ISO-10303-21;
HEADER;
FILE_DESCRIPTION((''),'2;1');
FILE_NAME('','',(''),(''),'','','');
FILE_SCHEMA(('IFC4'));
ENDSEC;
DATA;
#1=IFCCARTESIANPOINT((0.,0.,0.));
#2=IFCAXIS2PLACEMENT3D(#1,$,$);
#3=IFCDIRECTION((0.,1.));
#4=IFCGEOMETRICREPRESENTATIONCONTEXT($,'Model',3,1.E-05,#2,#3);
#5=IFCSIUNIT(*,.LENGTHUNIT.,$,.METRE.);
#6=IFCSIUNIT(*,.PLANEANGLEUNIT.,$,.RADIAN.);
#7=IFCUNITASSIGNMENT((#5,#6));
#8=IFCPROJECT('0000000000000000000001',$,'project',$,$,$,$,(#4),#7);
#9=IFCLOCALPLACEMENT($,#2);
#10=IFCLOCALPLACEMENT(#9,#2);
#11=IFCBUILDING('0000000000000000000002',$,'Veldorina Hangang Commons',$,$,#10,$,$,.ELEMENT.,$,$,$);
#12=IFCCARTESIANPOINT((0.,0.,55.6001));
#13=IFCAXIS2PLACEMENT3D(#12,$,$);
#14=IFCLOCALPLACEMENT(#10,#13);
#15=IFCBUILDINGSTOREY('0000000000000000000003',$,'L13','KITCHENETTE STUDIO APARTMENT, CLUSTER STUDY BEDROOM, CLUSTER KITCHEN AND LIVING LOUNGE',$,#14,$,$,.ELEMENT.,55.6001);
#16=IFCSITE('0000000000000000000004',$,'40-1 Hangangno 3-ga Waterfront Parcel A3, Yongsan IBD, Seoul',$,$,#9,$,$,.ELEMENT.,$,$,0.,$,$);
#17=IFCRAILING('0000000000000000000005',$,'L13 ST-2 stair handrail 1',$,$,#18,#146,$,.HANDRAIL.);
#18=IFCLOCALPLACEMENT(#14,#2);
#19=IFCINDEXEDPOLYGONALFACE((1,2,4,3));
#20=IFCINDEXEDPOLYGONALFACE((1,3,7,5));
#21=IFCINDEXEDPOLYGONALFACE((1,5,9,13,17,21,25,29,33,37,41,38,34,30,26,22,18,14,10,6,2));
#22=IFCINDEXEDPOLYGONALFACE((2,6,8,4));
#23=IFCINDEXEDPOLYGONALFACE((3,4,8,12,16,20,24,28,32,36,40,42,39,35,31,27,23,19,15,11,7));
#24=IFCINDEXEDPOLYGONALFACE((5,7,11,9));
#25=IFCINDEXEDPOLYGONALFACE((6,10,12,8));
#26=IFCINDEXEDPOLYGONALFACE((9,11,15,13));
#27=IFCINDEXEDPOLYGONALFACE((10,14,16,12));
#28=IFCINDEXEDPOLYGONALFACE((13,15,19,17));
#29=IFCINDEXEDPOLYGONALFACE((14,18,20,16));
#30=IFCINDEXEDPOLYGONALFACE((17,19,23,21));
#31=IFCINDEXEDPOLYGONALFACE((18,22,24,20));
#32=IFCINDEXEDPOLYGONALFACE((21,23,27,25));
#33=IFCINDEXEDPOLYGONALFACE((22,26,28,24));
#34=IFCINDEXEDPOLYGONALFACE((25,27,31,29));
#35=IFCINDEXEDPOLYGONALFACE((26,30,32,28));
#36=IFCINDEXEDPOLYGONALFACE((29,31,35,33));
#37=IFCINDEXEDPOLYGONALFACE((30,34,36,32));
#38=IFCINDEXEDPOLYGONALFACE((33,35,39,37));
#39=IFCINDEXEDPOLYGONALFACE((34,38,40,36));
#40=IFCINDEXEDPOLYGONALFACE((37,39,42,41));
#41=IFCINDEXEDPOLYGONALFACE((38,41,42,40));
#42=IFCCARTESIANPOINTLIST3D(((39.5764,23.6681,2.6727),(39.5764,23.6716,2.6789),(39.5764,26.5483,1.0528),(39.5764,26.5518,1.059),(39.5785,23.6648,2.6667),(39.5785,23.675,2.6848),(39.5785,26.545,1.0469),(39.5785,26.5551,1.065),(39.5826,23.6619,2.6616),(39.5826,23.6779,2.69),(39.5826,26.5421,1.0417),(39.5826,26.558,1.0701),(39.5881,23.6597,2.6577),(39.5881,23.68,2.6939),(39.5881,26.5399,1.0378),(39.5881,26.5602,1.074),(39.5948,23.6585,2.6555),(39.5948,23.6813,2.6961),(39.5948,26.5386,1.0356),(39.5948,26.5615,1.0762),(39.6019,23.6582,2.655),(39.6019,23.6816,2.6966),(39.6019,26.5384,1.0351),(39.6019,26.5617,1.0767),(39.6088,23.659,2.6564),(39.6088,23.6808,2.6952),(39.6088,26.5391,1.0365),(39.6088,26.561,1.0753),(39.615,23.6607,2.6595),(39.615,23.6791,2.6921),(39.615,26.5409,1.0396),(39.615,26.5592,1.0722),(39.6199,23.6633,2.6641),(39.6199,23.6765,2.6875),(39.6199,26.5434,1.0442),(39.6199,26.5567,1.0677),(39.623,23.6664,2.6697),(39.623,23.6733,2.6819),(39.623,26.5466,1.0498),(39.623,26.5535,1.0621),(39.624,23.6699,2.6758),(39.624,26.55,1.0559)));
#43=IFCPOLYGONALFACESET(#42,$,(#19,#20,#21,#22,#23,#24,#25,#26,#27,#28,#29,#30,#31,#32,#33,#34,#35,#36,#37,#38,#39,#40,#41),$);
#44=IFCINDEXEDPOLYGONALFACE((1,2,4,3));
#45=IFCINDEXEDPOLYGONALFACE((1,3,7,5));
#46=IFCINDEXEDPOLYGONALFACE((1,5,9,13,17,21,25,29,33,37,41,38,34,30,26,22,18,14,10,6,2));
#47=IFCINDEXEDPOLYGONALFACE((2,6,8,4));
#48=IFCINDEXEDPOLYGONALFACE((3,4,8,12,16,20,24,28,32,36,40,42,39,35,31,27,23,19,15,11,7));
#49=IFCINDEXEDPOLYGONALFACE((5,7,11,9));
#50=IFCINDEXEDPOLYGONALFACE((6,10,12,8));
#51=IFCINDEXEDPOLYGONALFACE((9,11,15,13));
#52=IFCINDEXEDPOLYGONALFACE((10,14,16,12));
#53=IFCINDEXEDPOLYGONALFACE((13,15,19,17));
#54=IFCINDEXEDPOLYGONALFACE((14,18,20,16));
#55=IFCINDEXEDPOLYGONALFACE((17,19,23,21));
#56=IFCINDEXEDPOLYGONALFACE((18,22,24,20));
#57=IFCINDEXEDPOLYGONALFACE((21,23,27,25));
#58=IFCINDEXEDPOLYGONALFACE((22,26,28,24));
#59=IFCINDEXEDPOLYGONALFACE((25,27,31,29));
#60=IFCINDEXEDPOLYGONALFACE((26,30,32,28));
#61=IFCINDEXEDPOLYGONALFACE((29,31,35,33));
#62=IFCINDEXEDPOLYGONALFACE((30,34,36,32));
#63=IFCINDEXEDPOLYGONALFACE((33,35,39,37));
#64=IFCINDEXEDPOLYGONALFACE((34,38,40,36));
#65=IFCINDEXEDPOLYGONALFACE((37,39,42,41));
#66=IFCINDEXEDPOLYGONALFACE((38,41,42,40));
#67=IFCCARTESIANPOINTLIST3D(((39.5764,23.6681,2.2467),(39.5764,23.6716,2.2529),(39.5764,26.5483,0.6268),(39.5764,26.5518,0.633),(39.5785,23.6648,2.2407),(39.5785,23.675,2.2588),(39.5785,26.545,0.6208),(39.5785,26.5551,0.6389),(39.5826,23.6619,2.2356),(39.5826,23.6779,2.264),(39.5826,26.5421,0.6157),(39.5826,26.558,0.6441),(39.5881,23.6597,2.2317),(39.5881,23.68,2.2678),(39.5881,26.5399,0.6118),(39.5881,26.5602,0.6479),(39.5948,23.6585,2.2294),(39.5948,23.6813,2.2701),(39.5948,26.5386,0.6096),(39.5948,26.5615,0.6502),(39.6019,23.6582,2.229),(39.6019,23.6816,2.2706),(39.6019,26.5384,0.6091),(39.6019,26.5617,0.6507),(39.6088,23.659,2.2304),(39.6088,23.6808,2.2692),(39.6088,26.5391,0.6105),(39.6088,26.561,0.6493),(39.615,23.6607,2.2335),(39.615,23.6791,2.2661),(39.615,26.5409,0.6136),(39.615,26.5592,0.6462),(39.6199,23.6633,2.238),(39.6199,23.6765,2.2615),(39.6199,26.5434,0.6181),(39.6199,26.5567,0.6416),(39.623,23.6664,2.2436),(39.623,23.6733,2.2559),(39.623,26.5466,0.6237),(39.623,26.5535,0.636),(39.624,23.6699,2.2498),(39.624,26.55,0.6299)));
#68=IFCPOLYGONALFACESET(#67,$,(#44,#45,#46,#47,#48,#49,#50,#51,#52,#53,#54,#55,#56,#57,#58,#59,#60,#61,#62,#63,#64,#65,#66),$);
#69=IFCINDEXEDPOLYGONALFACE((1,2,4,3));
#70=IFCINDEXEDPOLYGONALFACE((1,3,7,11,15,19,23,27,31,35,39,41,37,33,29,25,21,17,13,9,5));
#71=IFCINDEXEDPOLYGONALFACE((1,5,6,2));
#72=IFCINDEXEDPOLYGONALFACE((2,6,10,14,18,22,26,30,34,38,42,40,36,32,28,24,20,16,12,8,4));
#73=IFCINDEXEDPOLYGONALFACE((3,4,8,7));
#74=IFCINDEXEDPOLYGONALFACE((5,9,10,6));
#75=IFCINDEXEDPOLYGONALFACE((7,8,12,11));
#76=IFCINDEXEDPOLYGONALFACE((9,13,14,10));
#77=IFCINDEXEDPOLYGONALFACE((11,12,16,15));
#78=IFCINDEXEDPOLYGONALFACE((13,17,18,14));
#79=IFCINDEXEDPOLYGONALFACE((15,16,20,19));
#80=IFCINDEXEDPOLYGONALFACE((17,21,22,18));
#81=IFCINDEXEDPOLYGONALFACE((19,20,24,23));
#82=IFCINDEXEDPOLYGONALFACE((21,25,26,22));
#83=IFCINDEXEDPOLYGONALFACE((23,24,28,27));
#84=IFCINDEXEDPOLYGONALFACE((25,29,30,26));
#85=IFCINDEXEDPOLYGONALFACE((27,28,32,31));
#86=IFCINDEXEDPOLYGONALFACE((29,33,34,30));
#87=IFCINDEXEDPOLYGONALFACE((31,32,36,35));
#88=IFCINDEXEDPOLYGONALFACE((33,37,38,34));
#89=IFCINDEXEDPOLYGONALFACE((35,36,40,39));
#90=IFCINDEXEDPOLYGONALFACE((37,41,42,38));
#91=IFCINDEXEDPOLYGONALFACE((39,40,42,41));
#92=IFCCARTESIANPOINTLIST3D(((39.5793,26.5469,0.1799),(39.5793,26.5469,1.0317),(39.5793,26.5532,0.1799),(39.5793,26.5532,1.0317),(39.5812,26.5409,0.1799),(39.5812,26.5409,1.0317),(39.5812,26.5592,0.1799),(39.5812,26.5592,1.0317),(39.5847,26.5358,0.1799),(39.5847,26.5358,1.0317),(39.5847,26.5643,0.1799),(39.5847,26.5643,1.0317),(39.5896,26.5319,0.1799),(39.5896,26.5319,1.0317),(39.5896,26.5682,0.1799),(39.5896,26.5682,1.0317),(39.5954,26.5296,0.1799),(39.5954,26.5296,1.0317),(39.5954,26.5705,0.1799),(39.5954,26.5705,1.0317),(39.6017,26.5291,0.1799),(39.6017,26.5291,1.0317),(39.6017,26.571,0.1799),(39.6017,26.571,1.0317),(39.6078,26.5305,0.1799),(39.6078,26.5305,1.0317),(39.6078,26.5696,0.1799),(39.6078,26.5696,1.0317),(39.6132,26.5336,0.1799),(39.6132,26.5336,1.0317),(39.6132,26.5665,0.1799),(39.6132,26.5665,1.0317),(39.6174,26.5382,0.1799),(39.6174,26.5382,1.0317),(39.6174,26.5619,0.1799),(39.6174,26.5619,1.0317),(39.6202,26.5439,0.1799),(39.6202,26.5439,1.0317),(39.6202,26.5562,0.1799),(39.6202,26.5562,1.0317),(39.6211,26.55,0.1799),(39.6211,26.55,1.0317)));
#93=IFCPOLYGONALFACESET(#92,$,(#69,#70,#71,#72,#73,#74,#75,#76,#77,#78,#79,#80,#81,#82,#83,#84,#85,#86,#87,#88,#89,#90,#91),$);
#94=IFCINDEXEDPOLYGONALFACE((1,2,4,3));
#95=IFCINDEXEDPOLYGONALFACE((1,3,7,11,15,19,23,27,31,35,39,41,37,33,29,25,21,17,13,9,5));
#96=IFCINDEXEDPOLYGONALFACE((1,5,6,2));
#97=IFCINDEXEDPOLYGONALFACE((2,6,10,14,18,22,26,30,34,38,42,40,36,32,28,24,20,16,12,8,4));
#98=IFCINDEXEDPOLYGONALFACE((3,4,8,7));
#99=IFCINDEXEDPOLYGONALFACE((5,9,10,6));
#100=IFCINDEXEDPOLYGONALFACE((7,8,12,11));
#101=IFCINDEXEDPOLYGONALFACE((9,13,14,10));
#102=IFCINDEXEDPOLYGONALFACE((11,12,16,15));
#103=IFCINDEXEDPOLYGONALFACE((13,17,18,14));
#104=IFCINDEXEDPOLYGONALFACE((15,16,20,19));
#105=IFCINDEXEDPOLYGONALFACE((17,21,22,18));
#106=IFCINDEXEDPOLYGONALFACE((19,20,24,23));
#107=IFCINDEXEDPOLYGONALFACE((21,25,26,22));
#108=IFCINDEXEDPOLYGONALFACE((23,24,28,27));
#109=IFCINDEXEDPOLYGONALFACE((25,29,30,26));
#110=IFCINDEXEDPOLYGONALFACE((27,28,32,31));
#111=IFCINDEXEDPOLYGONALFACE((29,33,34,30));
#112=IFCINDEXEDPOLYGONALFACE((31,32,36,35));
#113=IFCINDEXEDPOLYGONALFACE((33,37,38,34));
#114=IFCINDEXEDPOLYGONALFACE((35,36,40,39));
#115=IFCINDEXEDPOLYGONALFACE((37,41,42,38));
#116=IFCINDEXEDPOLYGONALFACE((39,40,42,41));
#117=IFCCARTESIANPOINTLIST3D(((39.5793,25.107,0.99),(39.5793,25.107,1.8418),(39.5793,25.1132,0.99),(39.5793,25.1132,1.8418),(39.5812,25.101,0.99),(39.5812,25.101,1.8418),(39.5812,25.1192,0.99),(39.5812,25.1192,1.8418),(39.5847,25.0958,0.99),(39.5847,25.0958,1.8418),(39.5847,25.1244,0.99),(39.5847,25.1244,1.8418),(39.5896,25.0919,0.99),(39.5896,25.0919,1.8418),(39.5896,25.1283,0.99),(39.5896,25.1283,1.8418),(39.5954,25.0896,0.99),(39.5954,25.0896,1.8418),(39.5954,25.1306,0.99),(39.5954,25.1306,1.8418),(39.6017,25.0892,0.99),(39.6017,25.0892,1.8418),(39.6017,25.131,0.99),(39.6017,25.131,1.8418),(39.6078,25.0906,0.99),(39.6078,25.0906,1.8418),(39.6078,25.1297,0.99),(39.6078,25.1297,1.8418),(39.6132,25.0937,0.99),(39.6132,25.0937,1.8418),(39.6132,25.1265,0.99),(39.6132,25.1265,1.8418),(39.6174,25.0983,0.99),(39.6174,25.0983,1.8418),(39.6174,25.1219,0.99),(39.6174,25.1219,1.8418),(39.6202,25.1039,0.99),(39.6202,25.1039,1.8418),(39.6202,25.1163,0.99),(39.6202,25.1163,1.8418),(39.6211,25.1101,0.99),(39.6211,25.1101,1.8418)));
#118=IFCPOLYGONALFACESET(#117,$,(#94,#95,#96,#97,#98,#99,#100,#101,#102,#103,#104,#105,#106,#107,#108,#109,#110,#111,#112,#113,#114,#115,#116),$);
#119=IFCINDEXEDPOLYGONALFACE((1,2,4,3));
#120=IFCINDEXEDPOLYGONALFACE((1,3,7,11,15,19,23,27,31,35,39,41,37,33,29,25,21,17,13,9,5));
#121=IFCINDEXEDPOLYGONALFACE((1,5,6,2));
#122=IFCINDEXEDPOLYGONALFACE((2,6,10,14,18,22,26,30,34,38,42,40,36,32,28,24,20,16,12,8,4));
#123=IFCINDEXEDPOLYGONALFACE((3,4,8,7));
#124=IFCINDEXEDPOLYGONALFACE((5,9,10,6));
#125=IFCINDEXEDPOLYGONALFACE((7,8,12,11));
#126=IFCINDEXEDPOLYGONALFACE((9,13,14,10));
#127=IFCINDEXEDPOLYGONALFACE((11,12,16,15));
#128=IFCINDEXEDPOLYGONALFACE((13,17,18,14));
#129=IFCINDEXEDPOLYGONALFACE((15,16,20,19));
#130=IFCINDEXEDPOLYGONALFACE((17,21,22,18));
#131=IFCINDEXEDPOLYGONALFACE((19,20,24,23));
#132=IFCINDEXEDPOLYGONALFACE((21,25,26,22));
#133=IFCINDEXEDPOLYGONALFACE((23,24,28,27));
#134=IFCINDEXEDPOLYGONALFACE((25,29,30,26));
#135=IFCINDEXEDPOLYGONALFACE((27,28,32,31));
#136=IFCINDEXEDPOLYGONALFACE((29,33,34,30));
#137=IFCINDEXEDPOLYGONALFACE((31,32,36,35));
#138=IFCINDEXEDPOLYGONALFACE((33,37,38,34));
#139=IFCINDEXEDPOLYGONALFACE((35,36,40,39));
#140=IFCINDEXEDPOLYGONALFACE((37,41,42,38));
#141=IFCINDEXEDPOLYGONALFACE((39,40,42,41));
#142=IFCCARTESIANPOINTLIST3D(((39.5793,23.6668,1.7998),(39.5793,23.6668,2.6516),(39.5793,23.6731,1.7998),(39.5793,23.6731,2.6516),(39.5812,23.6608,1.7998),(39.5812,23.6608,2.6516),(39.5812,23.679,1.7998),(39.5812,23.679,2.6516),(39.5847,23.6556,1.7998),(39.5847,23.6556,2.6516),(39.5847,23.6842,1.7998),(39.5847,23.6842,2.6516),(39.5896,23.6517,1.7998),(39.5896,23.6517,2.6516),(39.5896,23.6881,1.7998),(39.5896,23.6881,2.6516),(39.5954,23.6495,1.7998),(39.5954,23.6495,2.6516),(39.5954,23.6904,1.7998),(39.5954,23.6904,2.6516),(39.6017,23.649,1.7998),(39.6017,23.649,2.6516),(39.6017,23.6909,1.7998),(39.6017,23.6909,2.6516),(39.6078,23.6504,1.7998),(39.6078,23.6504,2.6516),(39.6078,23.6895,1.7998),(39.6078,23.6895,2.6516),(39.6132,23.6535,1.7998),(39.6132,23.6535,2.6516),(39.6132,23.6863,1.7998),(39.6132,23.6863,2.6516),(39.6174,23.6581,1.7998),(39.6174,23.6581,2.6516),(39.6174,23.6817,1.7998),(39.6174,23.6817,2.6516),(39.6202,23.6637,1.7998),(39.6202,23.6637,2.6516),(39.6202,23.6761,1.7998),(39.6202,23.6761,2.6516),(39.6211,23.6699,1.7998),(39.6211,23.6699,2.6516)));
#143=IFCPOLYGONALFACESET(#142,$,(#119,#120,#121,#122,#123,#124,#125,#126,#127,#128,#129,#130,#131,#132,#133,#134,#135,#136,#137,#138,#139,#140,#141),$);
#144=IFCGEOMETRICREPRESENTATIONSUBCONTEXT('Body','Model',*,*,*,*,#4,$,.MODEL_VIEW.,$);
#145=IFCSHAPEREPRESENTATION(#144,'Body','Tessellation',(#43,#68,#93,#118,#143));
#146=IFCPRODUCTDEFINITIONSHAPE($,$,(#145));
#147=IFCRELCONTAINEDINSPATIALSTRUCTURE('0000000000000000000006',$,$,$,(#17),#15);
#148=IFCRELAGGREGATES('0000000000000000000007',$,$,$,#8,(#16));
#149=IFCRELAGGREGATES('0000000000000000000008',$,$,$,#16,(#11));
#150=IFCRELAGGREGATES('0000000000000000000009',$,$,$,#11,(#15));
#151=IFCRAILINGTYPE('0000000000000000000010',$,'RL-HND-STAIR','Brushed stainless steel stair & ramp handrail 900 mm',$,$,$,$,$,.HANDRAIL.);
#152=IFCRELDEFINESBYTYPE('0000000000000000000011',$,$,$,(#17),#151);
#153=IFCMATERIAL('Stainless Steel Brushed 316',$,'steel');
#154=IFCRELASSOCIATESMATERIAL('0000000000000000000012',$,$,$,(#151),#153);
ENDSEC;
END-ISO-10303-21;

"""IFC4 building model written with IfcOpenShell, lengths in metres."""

from ifc_helpers import new_model, si_unit, direction, frame, origin, origin_2d, place, context, subcontext, project, spatial, circle, extrude, material, type_object, element, save


model = new_model("IFC4")

# Units and contexts
model_context = context("Model", 3, precision=1e-05, world=origin(), true_north=direction((0.0, 1.0)))
body_context = subcontext(model_context, "Body", "Model", "MODEL_VIEW")
ifc_project = project(units=[si_unit("LENGTHUNIT", "METRE"), si_unit("PLANEANGLEUNIT", "RADIAN")], contexts=[model_context])

# Site, building, storey
site_placement = place(None, origin())
site = spatial("IfcSite", under=ifc_project, at=site_placement, Name="40-1 Hangangno 3-ga Waterfront Parcel A3, Yongsan IBD, Seoul", CompositionType="ELEMENT", RefElevation=0.0)
building_placement = place(site_placement, origin())
building = spatial("IfcBuilding", under=site, at=building_placement, Name="Veldorina Hangang Commons", CompositionType="ELEMENT")
storey_placement = place(building_placement, frame((0.0, 0.0, 55.6001)))
storey = spatial("IfcBuildingStorey", under=building, at=storey_placement, Name="L13", Description="KITCHENETTE STUDIO APARTMENT, CLUSTER STUDY BEDROOM, CLUSTER KITCHEN AND LIVING LOUNGE", CompositionType="ELEMENT", Elevation=55.6001)

# Railing
ifc_material_1 = material(Name="Stainless Steel Brushed 316", Category="steel")
railing_type_1 = type_object("IfcRailingType", Name="RL-HND-STAIR", Description="Brushed stainless steel stair & ramp handrail 900 mm", PredefinedType="HANDRAIL", material=ifc_material_1)
railing_1_placement = place(storey_placement, frame((39.6001, 26.55, 0.1799)))
element("IfcRailing", 1, at=railing_1_placement, inside=storey, type_object=railing_type_1, Name="L13 ST-2 stair handrail 1", PredefinedType="HANDRAIL", context=body_context, shape_type="SweptSolid", body=[
    extrude(circle(Radius=0.0239, at=origin_2d()), frame((0.0, 0.0, 0.876), z_axis=(0.0, -0.871601, 0.490216), x_axis=(1.0, 0.0, 0.0)), (0.0, 0.0, 1.0), 3.3044),
    extrude(circle(Radius=0.0239, at=origin_2d()), frame((0.0, 0.0, 0.45), z_axis=(0.0, -0.871601, 0.490216), x_axis=(1.0, 0.0, 0.0)), (0.0, 0.0, 1.0), 3.3044),
    extrude(circle(Radius=0.021, at=origin_2d()), origin(), (0.0, 0.0, 1.0), 0.8518),
    extrude(circle(Radius=0.021, at=origin_2d()), frame((0.0, -1.4399, 0.8101)), (0.0, 0.0, 1.0), 0.8518),
    extrude(circle(Radius=0.021, at=origin_2d()), frame((0.0, -2.8801, 1.6199)), (0.0, 0.0, 1.0), 0.8518),
])

save(model, "model.ifc")
